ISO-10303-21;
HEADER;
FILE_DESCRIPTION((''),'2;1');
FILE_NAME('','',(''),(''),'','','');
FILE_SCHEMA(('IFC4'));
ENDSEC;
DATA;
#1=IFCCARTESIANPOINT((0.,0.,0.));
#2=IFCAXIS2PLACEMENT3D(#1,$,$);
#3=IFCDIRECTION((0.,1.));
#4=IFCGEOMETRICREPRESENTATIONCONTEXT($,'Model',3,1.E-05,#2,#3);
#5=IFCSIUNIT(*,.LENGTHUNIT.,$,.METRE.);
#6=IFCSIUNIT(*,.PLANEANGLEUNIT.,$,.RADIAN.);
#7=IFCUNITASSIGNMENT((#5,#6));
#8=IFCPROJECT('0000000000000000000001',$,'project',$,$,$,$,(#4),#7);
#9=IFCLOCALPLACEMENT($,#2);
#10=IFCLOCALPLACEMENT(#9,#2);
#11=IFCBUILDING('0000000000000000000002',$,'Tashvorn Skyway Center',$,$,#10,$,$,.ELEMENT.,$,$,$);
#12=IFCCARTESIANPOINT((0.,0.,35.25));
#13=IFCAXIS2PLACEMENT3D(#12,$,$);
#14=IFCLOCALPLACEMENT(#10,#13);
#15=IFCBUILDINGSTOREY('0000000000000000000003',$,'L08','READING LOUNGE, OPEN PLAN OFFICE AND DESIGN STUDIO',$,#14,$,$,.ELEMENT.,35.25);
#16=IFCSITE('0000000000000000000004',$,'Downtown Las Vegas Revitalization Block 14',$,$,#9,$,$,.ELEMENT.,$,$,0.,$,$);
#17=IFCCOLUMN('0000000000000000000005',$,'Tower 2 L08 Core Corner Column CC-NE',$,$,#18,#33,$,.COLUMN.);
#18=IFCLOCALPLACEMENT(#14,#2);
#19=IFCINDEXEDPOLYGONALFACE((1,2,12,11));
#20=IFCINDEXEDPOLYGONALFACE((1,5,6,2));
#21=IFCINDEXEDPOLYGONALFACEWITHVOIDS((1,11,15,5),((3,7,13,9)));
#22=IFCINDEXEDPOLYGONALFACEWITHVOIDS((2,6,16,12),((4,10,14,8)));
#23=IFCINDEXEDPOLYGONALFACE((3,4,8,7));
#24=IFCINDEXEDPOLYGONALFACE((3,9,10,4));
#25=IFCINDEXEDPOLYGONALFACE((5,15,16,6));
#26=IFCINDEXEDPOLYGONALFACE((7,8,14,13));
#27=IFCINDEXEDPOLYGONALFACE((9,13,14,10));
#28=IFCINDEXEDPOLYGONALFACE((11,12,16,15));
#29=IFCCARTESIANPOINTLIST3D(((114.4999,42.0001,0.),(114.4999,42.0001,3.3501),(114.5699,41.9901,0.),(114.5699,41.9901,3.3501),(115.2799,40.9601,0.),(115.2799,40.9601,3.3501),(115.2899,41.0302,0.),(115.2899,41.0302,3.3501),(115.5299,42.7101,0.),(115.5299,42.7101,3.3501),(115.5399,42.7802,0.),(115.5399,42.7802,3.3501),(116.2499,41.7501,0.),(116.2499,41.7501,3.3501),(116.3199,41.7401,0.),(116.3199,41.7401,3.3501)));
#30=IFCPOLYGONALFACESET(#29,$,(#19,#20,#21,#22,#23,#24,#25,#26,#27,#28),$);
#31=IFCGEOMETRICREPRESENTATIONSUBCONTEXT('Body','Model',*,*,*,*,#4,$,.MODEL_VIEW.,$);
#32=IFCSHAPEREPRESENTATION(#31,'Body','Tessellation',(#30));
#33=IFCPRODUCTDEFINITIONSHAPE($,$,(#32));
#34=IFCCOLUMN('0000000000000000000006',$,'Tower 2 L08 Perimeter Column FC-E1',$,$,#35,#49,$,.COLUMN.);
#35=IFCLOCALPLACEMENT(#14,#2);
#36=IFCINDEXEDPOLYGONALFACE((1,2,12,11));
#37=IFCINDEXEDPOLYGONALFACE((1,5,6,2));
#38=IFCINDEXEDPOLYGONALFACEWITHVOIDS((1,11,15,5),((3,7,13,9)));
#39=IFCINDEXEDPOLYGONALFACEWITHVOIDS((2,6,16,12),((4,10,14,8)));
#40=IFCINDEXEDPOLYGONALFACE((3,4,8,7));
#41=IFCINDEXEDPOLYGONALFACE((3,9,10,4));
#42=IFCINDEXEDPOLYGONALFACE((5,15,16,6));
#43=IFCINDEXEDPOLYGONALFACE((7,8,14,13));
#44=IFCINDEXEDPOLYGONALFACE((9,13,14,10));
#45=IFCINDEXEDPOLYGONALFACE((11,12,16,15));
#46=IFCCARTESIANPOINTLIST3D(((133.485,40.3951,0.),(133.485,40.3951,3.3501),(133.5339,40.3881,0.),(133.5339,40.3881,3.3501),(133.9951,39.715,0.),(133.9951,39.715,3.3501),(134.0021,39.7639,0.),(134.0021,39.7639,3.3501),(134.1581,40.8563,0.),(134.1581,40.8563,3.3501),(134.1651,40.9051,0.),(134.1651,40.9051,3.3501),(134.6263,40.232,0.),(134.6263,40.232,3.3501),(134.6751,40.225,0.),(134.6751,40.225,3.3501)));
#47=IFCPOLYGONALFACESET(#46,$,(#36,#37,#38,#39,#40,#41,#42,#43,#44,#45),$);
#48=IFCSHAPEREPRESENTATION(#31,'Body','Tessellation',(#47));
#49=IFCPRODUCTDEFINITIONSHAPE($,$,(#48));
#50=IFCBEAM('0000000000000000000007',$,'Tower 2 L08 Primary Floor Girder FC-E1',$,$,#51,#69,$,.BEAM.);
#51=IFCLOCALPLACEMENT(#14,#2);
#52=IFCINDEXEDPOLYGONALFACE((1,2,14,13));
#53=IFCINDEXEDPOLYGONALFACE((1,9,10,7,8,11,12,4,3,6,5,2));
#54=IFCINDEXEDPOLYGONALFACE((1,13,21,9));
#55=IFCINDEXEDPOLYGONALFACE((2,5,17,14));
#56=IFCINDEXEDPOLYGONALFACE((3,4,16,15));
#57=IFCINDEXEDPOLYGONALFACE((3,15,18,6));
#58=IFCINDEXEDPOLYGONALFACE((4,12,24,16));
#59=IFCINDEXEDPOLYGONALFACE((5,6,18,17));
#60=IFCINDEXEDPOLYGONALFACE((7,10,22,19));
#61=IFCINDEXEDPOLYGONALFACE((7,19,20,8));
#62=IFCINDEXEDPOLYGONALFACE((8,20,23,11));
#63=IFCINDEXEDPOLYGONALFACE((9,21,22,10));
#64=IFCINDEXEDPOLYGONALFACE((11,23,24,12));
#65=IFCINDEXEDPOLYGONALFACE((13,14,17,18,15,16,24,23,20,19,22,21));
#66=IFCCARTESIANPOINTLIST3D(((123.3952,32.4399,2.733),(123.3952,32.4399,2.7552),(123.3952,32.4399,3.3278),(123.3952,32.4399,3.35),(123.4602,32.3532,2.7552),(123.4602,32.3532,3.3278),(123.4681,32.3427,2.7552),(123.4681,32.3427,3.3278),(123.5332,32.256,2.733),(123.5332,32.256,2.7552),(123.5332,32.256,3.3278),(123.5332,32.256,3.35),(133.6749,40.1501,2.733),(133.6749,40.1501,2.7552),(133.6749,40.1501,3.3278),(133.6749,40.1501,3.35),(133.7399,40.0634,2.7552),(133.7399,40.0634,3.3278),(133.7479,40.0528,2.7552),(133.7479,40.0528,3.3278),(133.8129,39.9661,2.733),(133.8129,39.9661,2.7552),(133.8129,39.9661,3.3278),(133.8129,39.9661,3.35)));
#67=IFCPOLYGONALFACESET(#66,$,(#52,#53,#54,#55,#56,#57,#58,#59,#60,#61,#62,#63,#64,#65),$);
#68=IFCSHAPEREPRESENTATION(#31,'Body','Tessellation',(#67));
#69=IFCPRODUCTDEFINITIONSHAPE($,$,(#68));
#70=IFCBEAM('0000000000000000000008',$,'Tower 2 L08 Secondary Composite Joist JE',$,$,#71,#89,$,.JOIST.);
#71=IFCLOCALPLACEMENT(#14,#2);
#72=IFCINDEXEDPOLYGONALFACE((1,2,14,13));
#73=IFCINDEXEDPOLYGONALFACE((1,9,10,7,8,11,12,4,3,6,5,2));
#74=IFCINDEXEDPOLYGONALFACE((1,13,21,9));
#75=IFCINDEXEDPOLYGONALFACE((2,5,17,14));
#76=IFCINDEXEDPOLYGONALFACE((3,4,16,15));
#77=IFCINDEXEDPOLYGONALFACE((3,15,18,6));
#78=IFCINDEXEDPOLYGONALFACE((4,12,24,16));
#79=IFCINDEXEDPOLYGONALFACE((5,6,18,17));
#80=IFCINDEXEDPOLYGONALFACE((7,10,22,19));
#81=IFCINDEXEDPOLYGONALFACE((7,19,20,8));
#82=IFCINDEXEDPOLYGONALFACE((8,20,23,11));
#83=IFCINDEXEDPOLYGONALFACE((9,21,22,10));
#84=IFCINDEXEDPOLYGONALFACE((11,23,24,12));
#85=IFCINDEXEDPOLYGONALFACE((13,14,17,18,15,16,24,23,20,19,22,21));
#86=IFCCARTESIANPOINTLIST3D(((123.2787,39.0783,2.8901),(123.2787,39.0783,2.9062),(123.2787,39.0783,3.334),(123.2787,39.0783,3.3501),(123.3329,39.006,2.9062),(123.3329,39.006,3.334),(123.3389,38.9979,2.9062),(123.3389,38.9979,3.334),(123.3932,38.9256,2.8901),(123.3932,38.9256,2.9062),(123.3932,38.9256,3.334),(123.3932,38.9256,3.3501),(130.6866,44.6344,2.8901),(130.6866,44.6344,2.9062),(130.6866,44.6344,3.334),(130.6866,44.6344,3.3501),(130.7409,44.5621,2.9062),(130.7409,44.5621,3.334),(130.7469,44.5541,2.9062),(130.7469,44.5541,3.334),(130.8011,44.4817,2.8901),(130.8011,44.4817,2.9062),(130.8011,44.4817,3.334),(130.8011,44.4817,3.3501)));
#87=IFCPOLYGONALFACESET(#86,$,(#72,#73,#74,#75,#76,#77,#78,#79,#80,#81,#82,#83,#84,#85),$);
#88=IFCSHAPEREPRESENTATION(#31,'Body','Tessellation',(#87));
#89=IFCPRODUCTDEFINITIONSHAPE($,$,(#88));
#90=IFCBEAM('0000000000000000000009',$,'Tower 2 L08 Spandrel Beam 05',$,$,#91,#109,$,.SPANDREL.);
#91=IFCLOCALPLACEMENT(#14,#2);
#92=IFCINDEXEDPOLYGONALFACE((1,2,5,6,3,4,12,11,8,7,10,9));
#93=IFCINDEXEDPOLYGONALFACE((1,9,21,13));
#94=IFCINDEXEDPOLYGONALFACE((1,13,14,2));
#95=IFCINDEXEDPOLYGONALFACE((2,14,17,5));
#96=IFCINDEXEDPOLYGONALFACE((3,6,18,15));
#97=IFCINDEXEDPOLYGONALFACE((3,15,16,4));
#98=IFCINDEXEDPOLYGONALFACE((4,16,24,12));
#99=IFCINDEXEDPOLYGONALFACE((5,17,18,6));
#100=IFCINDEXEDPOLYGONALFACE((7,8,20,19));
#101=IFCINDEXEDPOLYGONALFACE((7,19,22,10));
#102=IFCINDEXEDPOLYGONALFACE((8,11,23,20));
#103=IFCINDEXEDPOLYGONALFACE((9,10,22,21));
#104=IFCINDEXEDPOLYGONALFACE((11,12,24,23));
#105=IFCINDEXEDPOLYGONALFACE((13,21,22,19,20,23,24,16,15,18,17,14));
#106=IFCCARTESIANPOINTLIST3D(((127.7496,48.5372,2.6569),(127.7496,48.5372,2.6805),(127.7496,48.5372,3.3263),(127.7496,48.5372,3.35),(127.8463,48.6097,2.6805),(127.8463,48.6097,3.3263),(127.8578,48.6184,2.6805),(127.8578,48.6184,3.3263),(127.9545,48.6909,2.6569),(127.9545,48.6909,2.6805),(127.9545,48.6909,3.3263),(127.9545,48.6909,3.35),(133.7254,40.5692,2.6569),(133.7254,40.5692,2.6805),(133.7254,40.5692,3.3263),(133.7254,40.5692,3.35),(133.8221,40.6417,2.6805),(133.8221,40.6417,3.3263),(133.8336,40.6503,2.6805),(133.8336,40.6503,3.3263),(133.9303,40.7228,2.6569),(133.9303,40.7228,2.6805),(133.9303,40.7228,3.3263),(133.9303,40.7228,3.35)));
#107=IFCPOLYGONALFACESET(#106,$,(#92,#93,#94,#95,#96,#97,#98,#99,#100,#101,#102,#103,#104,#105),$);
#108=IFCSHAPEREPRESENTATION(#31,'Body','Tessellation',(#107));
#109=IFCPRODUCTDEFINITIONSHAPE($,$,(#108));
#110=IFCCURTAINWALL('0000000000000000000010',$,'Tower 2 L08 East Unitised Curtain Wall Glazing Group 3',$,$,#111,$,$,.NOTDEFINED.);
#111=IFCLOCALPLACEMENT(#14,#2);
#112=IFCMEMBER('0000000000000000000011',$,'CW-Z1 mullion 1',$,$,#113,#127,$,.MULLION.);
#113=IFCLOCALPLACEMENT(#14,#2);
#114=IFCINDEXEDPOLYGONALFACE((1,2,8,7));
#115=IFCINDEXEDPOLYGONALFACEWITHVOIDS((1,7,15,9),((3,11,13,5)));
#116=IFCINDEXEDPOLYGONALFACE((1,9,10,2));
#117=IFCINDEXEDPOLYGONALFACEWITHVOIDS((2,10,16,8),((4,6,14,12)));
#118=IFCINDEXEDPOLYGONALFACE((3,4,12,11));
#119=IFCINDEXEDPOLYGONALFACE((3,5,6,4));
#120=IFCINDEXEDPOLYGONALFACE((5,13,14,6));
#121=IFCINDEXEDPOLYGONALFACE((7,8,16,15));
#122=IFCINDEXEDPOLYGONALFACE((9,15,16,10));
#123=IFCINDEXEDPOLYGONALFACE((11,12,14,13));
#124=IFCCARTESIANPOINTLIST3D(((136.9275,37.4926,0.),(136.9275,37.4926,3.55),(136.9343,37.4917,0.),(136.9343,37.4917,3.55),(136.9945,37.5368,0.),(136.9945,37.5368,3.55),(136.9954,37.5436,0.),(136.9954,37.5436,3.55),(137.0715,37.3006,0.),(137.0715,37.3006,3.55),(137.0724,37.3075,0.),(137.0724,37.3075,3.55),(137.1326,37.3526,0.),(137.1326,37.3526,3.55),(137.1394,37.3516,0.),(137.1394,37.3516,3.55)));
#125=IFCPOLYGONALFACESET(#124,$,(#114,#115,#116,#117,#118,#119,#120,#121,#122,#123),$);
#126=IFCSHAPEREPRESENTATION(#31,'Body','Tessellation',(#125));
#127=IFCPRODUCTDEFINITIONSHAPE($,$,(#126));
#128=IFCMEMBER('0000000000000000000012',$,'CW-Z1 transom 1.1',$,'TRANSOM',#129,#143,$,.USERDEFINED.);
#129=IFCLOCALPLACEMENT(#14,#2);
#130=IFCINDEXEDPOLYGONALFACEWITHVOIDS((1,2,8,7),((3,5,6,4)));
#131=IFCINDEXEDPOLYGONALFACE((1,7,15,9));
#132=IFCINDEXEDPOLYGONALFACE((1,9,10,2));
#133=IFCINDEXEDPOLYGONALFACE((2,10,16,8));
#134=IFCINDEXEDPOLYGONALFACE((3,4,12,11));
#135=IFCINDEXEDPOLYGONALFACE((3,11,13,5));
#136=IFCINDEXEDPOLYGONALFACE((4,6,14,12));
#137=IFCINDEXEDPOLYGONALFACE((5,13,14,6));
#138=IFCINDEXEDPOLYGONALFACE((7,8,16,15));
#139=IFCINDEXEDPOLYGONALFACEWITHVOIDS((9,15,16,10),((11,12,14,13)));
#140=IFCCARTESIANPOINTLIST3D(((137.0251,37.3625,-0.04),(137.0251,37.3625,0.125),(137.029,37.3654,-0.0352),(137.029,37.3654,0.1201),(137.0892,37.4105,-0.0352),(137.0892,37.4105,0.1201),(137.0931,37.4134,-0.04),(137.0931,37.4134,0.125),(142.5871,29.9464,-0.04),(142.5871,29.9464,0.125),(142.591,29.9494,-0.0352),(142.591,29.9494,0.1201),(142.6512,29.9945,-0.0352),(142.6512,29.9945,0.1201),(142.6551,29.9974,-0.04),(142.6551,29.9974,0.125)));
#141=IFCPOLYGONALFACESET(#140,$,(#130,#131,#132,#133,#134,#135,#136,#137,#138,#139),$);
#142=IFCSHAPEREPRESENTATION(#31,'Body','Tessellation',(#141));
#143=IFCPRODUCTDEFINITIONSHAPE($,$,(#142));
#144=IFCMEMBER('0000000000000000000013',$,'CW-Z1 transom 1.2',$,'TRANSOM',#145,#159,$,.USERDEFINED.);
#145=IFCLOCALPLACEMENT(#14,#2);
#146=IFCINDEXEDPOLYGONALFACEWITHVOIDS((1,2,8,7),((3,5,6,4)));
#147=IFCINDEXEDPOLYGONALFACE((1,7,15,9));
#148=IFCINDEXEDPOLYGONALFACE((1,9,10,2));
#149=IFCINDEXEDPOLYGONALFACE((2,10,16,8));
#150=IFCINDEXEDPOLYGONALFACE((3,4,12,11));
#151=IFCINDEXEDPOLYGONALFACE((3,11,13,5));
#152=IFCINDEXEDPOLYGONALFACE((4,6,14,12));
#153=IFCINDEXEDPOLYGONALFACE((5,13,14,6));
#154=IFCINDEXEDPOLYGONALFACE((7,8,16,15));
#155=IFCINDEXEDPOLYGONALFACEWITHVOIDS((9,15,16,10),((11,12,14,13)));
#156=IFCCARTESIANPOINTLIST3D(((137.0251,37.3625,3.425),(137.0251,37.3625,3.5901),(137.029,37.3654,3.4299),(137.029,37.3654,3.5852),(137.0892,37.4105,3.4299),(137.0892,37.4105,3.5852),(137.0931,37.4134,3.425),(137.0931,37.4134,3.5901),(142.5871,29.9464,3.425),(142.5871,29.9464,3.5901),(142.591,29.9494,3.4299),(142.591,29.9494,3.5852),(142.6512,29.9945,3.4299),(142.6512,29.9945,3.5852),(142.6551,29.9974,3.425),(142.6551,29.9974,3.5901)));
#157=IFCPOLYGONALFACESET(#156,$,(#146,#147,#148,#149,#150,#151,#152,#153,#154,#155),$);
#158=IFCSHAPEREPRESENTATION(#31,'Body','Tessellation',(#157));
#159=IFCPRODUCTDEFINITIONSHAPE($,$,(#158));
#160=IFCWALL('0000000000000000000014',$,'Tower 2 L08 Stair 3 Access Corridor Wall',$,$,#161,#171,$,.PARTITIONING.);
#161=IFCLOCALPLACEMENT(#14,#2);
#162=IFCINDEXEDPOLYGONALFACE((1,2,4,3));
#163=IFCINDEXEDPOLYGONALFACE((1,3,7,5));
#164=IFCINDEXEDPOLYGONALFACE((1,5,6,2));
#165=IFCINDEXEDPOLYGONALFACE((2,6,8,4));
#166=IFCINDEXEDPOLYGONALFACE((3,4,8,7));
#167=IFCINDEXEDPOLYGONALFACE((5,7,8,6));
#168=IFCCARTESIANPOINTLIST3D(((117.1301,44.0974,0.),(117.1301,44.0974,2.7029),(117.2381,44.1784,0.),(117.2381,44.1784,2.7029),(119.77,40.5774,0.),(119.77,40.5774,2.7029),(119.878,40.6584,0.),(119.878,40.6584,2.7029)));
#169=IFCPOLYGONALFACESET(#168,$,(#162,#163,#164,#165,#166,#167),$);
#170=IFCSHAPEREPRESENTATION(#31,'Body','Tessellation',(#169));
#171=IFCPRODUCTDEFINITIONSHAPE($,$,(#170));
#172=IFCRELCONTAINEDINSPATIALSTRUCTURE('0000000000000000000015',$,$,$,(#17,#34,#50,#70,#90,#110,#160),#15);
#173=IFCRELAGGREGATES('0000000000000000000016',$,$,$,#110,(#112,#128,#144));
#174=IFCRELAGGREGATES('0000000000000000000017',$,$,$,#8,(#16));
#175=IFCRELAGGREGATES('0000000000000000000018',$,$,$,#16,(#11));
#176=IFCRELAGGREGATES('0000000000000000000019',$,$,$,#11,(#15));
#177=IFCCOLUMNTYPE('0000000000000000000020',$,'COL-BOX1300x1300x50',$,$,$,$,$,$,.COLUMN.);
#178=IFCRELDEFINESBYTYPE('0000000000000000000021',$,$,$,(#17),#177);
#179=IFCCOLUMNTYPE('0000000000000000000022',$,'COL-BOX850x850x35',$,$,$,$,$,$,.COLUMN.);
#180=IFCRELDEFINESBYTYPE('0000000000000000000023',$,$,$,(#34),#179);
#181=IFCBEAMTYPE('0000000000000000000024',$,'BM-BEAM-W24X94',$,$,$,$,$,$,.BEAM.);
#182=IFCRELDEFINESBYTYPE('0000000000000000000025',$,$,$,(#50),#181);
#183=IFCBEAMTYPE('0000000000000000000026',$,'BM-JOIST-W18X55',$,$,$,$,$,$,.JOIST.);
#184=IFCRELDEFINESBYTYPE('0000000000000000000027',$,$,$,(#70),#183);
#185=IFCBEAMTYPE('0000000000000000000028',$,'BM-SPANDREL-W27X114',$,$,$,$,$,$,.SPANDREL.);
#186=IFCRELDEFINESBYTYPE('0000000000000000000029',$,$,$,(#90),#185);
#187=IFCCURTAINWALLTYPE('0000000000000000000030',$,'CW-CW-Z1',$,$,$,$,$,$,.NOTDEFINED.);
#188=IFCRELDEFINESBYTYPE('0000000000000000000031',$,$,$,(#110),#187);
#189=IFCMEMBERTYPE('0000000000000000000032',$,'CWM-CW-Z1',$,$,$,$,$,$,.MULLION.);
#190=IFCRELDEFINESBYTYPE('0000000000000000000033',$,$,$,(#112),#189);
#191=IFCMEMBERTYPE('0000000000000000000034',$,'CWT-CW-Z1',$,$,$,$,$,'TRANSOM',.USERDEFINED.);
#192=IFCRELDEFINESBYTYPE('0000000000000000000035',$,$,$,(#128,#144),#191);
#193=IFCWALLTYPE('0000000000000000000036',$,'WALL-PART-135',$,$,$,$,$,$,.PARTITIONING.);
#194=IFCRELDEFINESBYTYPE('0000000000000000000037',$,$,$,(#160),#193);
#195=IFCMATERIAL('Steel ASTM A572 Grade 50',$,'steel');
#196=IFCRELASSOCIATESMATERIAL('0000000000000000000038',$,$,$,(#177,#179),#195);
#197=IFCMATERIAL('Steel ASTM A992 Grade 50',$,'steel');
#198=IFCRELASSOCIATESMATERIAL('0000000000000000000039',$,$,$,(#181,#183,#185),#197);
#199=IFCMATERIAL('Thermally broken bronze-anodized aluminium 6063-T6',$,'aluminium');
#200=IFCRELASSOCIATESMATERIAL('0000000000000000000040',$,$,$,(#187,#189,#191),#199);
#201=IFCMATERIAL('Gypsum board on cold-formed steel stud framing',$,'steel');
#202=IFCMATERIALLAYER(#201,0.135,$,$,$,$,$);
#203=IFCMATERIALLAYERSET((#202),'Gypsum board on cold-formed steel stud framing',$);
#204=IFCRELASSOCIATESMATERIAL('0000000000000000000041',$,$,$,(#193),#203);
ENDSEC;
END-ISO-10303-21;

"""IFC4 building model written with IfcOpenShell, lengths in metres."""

from ifc_helpers import new_model, si_unit, direction, frame, frame_2d, origin, origin_2d, place, context, subcontext, project, spatial, rectangle, hollow_rectangle, i_section, extrude, material, layer, layer_set, material_profile, profile_set, type_object, element, aggregate, save


model = new_model("IFC4")

# Units and contexts
model_context = context("Model", 3, precision=1e-05, world=origin(), true_north=direction((0.0, 1.0)))
body_context = subcontext(model_context, "Body", "Model", "MODEL_VIEW")
ifc_project = project(units=[si_unit("LENGTHUNIT", "METRE"), si_unit("PLANEANGLEUNIT", "RADIAN")], contexts=[model_context])

# Site, building, storey
site_placement = place(None, origin())
site = spatial("IfcSite", under=ifc_project, at=site_placement, Name="Downtown Las Vegas Revitalization Block 14", CompositionType="ELEMENT", RefElevation=0.0)
building_placement = place(site_placement, origin())
building = spatial("IfcBuilding", under=site, at=building_placement, Name="Tashvorn Skyway Center", CompositionType="ELEMENT")
storey_placement = place(building_placement, frame((0.0, 0.0, 35.25)))
storey = spatial("IfcBuildingStorey", under=building, at=storey_placement, Name="L08", Description="READING LOUNGE, OPEN PLAN OFFICE AND DESIGN STUDIO", CompositionType="ELEMENT", Elevation=35.25)

# Columns
ifc_material_1 = material(Name="Steel ASTM A572 Grade 50", Category="steel")
ifc_material_profile_1 = material_profile(ifc_material_1, hollow_rectangle(XDim=1.3, YDim=1.3, WallThickness=0.05, at=origin_2d()), Name="BOX1300x1300x50")
ifc_profile_set_1 = profile_set([ifc_material_profile_1], Name="Steel ASTM A572 Grade 50")
column_type_1 = type_object("IfcColumnType", Name="COL-BOX1300x1300x50", PredefinedType="COLUMN", material=ifc_profile_set_1)
column_1_placement = place(storey_placement, frame((115.4099, 41.8701, 0.0), z_axis=(0.0, 0.0, 1.0), x_axis=(0.8, 0.6, 0.0)))
element("IfcColumn", 1, at=column_1_placement, inside=storey, type_object=column_type_1, Name="Tower 2 L08 Core Corner Column CC-NE", PredefinedType="COLUMN", context=body_context, shape_type="SweptSolid", body=[
    extrude(hollow_rectangle(XDim=1.3, YDim=1.3, WallThickness=0.05, at=origin_2d()), origin(), (0.0, 0.0, 1.0), 3.3501),
])
ifc_material_profile_2 = material_profile(ifc_material_1, hollow_rectangle(XDim=0.8501, YDim=0.8501, WallThickness=0.0349, at=origin_2d()), Name="BOX850x850x35")
ifc_profile_set_2 = profile_set([ifc_material_profile_2], Name="Steel ASTM A572 Grade 50")
column_type_2 = type_object("IfcColumnType", Name="COL-BOX850x850x35", PredefinedType="COLUMN", material=ifc_profile_set_2)
column_2_placement = place(storey_placement, frame((134.0801, 40.3101, 0.0), z_axis=(0.0, 0.0, 1.0), x_axis=(0.8, 0.6, 0.0)))
element("IfcColumn", 2, at=column_2_placement, inside=storey, type_object=column_type_2, Name="Tower 2 L08 Perimeter Column FC-E1", PredefinedType="COLUMN", context=body_context, shape_type="SweptSolid", body=[
    extrude(hollow_rectangle(XDim=0.8501, YDim=0.8501, WallThickness=0.0349, at=origin_2d()), origin(), (0.0, 0.0, 1.0), 3.3501),
])

# Beams
ifc_material_2 = material(Name="Steel ASTM A992 Grade 50", Category="steel")
ifc_material_profile_3 = material_profile(ifc_material_2, i_section(OverallWidth=0.23, OverallDepth=0.6169, WebThickness=0.0132, FlangeThickness=0.0222, at=origin_2d()), Name="W24X94")
ifc_profile_set_3 = profile_set([ifc_material_profile_3], Name="Steel ASTM A992 Grade 50")
beam_type_1 = type_object("IfcBeamType", Name="BM-BEAM-W24X94", PredefinedType="BEAM", material=ifc_profile_set_3)
beam_1_placement = place(storey_placement, frame((133.7439, 40.0581, 3.0415), z_axis=(-0.799986, -0.600018, 0.0), x_axis=(0.600018, -0.799986, 0.0)))
element("IfcBeam", 3, at=beam_1_placement, inside=storey, type_object=beam_type_1, Name="Tower 2 L08 Primary Floor Girder FC-E1", PredefinedType="BEAM", context=body_context, shape_type="SweptSolid", body=[
    extrude(i_section(OverallWidth=0.23, OverallDepth=0.6169, WebThickness=0.0132, FlangeThickness=0.0222, at=origin_2d()), origin(), (0.0, 0.0, 1.0), 12.8499),
])
ifc_material_profile_4 = material_profile(ifc_material_2, i_section(OverallWidth=0.1909, OverallDepth=0.46, WebThickness=0.01, FlangeThickness=0.0161, at=origin_2d()), Name="W18X55")
ifc_profile_set_4 = profile_set([ifc_material_profile_4], Name="Steel ASTM A992 Grade 50")
beam_type_2 = type_object("IfcBeamType", Name="BM-JOIST-W18X55", PredefinedType="JOIST", material=ifc_profile_set_4)
beam_2_placement = place(storey_placement, frame((123.3359, 39.002, 3.1201), z_axis=(0.799991, 0.600013, 0.0), x_axis=(-0.600013, 0.799991, 0.0)))
element("IfcBeam", 4, at=beam_2_placement, inside=storey, type_object=beam_type_2, Name="Tower 2 L08 Secondary Composite Joist JE", PredefinedType="JOIST", context=body_context, shape_type="SweptSolid", body=[
    extrude(i_section(OverallWidth=0.1909, OverallDepth=0.46, WebThickness=0.01, FlangeThickness=0.0161, at=origin_2d()), origin(), (0.0, 0.0, 1.0), 9.26),
])
ifc_material_profile_5 = material_profile(ifc_material_2, i_section(OverallWidth=0.2561, OverallDepth=0.6931, WebThickness=0.0144, FlangeThickness=0.0237, at=origin_2d()), Name="W27X114")
ifc_profile_set_5 = profile_set([ifc_material_profile_5], Name="Steel ASTM A992 Grade 50")
beam_type_3 = type_object("IfcBeamType", Name="BM-SPANDREL-W27X114", PredefinedType="SPANDREL", material=ifc_profile_set_5)
beam_3_placement = place(storey_placement, frame((133.8279, 40.646, 3.0034), z_axis=(-0.599988, 0.800009, 0.0), x_axis=(-0.800009, -0.599988, 0.0)))
element("IfcBeam", 5, at=beam_3_placement, inside=storey, type_object=beam_type_3, Name="Tower 2 L08 Spandrel Beam 05", PredefinedType="SPANDREL", context=body_context, shape_type="SweptSolid", body=[
    extrude(i_section(OverallWidth=0.2561, OverallDepth=0.6931, WebThickness=0.0144, FlangeThickness=0.0237, at=origin_2d()), origin(), (0.0, 0.0, 1.0), 9.96),
])

# Curtain wall, members
ifc_material_3 = material(Name="Thermally broken bronze-anodized aluminium 6063-T6", Category="aluminium")
curtain_wall_type = type_object("IfcCurtainWallType", Name="CW-CW-Z1", PredefinedType="NOTDEFINED", material=ifc_material_3)
curtain_wall_placement = place(storey_placement, origin())
curtain_wall = element("IfcCurtainWall", 6, at=curtain_wall_placement, inside=storey, type_object=curtain_wall_type, Name="Tower 2 L08 East Unitised Curtain Wall Glazing Group 3", PredefinedType="NOTDEFINED")
ifc_material_profile_6 = material_profile(ifc_material_3, hollow_rectangle(XDim=0.085, YDim=0.24, WallThickness=0.0049, at=origin_2d()), Name="ALU-MULL-85x240")
ifc_profile_set_6 = profile_set([ifc_material_profile_6], Name="Thermally broken bronze-anodized aluminium 6063-T6")
member_type_1 = type_object("IfcMemberType", Name="CWM-CW-Z1", PredefinedType="MULLION", material=ifc_profile_set_6)
member_1_placement = place(storey_placement, frame((137.0334, 37.4221, 0.0), z_axis=(0.0, 0.0, 1.0), x_axis=(0.8, 0.6, 0.0)))
member_1 = element("IfcMember", 7, at=member_1_placement, type_object=member_type_1, Name="CW-Z1 mullion 1", PredefinedType="MULLION", context=body_context, shape_type="SweptSolid", body=[
    extrude(hollow_rectangle(XDim=0.085, YDim=0.24, WallThickness=0.0049, at=origin_2d()), origin(), (0.0, 0.0, 1.0), 3.55),
])
ifc_material_profile_7 = material_profile(ifc_material_3, hollow_rectangle(XDim=0.085, YDim=0.165, WallThickness=0.0049, at=origin_2d()), Name="ALU-TRAN-85x165")
ifc_profile_set_7 = profile_set([ifc_material_profile_7], Name="Thermally broken bronze-anodized aluminium 6063-T6")
member_type_2 = type_object("IfcMemberType", Name="CWT-CW-Z1", ElementType="TRANSOM", PredefinedType="USERDEFINED", material=ifc_profile_set_7)
member_2_placement = place(storey_placement, frame((137.0591, 37.3879, 0.0425), z_axis=(0.6, -0.8, 0.0), x_axis=(0.8, 0.6, 0.0)))
member_2 = element("IfcMember", 8, at=member_2_placement, type_object=member_type_2, Name="CW-Z1 transom 1.1", ObjectType="TRANSOM", PredefinedType="USERDEFINED", context=body_context, shape_type="SweptSolid", body=[
    extrude(hollow_rectangle(XDim=0.085, YDim=0.165, WallThickness=0.0049, at=origin_2d()), origin(), (0.0, 0.0, 1.0), 9.27),
])
member_3_placement = place(storey_placement, frame((137.0591, 37.3879, 3.5076), z_axis=(0.6, -0.8, 0.0), x_axis=(0.8, 0.6, 0.0)))
member_3 = element("IfcMember", 9, at=member_3_placement, type_object=member_type_2, Name="CW-Z1 transom 1.2", ObjectType="TRANSOM", PredefinedType="USERDEFINED", context=body_context, shape_type="SweptSolid", body=[
    extrude(hollow_rectangle(XDim=0.085, YDim=0.165, WallThickness=0.0049, at=origin_2d()), origin(), (0.0, 0.0, 1.0), 9.27),
])
aggregate(curtain_wall, [member_1, member_2, member_3])

# Wall
ifc_material_4 = material(Name="Gypsum board on cold-formed steel stud framing", Category="steel")
ifc_layer_1 = layer(ifc_material_4, 0.135)
ifc_layer_set_1 = layer_set([ifc_layer_1], Name="Gypsum board on cold-formed steel stud framing")
wall_type_1 = type_object("IfcWallType", Name="WALL-PART-135", PredefinedType="PARTITIONING", material=ifc_layer_set_1)
wall_1_placement = place(storey_placement, frame((119.824, 40.6179, 0.0), z_axis=(0.0, 0.0, 1.0), x_axis=(-0.599982, 0.800013, 0.0)))
element("IfcWall", 10, at=wall_1_placement, inside=storey, type_object=wall_type_1, Name="Tower 2 L08 Stair 3 Access Corridor Wall", PredefinedType="PARTITIONING", context=body_context, shape_type="SweptSolid", body=[
    extrude(rectangle(XDim=4.3999, YDim=0.135, at=frame_2d((2.2, 0.0))), origin(), (0.0, 0.0, 1.0), 2.7029),
])

save(model, "model.ifc")
